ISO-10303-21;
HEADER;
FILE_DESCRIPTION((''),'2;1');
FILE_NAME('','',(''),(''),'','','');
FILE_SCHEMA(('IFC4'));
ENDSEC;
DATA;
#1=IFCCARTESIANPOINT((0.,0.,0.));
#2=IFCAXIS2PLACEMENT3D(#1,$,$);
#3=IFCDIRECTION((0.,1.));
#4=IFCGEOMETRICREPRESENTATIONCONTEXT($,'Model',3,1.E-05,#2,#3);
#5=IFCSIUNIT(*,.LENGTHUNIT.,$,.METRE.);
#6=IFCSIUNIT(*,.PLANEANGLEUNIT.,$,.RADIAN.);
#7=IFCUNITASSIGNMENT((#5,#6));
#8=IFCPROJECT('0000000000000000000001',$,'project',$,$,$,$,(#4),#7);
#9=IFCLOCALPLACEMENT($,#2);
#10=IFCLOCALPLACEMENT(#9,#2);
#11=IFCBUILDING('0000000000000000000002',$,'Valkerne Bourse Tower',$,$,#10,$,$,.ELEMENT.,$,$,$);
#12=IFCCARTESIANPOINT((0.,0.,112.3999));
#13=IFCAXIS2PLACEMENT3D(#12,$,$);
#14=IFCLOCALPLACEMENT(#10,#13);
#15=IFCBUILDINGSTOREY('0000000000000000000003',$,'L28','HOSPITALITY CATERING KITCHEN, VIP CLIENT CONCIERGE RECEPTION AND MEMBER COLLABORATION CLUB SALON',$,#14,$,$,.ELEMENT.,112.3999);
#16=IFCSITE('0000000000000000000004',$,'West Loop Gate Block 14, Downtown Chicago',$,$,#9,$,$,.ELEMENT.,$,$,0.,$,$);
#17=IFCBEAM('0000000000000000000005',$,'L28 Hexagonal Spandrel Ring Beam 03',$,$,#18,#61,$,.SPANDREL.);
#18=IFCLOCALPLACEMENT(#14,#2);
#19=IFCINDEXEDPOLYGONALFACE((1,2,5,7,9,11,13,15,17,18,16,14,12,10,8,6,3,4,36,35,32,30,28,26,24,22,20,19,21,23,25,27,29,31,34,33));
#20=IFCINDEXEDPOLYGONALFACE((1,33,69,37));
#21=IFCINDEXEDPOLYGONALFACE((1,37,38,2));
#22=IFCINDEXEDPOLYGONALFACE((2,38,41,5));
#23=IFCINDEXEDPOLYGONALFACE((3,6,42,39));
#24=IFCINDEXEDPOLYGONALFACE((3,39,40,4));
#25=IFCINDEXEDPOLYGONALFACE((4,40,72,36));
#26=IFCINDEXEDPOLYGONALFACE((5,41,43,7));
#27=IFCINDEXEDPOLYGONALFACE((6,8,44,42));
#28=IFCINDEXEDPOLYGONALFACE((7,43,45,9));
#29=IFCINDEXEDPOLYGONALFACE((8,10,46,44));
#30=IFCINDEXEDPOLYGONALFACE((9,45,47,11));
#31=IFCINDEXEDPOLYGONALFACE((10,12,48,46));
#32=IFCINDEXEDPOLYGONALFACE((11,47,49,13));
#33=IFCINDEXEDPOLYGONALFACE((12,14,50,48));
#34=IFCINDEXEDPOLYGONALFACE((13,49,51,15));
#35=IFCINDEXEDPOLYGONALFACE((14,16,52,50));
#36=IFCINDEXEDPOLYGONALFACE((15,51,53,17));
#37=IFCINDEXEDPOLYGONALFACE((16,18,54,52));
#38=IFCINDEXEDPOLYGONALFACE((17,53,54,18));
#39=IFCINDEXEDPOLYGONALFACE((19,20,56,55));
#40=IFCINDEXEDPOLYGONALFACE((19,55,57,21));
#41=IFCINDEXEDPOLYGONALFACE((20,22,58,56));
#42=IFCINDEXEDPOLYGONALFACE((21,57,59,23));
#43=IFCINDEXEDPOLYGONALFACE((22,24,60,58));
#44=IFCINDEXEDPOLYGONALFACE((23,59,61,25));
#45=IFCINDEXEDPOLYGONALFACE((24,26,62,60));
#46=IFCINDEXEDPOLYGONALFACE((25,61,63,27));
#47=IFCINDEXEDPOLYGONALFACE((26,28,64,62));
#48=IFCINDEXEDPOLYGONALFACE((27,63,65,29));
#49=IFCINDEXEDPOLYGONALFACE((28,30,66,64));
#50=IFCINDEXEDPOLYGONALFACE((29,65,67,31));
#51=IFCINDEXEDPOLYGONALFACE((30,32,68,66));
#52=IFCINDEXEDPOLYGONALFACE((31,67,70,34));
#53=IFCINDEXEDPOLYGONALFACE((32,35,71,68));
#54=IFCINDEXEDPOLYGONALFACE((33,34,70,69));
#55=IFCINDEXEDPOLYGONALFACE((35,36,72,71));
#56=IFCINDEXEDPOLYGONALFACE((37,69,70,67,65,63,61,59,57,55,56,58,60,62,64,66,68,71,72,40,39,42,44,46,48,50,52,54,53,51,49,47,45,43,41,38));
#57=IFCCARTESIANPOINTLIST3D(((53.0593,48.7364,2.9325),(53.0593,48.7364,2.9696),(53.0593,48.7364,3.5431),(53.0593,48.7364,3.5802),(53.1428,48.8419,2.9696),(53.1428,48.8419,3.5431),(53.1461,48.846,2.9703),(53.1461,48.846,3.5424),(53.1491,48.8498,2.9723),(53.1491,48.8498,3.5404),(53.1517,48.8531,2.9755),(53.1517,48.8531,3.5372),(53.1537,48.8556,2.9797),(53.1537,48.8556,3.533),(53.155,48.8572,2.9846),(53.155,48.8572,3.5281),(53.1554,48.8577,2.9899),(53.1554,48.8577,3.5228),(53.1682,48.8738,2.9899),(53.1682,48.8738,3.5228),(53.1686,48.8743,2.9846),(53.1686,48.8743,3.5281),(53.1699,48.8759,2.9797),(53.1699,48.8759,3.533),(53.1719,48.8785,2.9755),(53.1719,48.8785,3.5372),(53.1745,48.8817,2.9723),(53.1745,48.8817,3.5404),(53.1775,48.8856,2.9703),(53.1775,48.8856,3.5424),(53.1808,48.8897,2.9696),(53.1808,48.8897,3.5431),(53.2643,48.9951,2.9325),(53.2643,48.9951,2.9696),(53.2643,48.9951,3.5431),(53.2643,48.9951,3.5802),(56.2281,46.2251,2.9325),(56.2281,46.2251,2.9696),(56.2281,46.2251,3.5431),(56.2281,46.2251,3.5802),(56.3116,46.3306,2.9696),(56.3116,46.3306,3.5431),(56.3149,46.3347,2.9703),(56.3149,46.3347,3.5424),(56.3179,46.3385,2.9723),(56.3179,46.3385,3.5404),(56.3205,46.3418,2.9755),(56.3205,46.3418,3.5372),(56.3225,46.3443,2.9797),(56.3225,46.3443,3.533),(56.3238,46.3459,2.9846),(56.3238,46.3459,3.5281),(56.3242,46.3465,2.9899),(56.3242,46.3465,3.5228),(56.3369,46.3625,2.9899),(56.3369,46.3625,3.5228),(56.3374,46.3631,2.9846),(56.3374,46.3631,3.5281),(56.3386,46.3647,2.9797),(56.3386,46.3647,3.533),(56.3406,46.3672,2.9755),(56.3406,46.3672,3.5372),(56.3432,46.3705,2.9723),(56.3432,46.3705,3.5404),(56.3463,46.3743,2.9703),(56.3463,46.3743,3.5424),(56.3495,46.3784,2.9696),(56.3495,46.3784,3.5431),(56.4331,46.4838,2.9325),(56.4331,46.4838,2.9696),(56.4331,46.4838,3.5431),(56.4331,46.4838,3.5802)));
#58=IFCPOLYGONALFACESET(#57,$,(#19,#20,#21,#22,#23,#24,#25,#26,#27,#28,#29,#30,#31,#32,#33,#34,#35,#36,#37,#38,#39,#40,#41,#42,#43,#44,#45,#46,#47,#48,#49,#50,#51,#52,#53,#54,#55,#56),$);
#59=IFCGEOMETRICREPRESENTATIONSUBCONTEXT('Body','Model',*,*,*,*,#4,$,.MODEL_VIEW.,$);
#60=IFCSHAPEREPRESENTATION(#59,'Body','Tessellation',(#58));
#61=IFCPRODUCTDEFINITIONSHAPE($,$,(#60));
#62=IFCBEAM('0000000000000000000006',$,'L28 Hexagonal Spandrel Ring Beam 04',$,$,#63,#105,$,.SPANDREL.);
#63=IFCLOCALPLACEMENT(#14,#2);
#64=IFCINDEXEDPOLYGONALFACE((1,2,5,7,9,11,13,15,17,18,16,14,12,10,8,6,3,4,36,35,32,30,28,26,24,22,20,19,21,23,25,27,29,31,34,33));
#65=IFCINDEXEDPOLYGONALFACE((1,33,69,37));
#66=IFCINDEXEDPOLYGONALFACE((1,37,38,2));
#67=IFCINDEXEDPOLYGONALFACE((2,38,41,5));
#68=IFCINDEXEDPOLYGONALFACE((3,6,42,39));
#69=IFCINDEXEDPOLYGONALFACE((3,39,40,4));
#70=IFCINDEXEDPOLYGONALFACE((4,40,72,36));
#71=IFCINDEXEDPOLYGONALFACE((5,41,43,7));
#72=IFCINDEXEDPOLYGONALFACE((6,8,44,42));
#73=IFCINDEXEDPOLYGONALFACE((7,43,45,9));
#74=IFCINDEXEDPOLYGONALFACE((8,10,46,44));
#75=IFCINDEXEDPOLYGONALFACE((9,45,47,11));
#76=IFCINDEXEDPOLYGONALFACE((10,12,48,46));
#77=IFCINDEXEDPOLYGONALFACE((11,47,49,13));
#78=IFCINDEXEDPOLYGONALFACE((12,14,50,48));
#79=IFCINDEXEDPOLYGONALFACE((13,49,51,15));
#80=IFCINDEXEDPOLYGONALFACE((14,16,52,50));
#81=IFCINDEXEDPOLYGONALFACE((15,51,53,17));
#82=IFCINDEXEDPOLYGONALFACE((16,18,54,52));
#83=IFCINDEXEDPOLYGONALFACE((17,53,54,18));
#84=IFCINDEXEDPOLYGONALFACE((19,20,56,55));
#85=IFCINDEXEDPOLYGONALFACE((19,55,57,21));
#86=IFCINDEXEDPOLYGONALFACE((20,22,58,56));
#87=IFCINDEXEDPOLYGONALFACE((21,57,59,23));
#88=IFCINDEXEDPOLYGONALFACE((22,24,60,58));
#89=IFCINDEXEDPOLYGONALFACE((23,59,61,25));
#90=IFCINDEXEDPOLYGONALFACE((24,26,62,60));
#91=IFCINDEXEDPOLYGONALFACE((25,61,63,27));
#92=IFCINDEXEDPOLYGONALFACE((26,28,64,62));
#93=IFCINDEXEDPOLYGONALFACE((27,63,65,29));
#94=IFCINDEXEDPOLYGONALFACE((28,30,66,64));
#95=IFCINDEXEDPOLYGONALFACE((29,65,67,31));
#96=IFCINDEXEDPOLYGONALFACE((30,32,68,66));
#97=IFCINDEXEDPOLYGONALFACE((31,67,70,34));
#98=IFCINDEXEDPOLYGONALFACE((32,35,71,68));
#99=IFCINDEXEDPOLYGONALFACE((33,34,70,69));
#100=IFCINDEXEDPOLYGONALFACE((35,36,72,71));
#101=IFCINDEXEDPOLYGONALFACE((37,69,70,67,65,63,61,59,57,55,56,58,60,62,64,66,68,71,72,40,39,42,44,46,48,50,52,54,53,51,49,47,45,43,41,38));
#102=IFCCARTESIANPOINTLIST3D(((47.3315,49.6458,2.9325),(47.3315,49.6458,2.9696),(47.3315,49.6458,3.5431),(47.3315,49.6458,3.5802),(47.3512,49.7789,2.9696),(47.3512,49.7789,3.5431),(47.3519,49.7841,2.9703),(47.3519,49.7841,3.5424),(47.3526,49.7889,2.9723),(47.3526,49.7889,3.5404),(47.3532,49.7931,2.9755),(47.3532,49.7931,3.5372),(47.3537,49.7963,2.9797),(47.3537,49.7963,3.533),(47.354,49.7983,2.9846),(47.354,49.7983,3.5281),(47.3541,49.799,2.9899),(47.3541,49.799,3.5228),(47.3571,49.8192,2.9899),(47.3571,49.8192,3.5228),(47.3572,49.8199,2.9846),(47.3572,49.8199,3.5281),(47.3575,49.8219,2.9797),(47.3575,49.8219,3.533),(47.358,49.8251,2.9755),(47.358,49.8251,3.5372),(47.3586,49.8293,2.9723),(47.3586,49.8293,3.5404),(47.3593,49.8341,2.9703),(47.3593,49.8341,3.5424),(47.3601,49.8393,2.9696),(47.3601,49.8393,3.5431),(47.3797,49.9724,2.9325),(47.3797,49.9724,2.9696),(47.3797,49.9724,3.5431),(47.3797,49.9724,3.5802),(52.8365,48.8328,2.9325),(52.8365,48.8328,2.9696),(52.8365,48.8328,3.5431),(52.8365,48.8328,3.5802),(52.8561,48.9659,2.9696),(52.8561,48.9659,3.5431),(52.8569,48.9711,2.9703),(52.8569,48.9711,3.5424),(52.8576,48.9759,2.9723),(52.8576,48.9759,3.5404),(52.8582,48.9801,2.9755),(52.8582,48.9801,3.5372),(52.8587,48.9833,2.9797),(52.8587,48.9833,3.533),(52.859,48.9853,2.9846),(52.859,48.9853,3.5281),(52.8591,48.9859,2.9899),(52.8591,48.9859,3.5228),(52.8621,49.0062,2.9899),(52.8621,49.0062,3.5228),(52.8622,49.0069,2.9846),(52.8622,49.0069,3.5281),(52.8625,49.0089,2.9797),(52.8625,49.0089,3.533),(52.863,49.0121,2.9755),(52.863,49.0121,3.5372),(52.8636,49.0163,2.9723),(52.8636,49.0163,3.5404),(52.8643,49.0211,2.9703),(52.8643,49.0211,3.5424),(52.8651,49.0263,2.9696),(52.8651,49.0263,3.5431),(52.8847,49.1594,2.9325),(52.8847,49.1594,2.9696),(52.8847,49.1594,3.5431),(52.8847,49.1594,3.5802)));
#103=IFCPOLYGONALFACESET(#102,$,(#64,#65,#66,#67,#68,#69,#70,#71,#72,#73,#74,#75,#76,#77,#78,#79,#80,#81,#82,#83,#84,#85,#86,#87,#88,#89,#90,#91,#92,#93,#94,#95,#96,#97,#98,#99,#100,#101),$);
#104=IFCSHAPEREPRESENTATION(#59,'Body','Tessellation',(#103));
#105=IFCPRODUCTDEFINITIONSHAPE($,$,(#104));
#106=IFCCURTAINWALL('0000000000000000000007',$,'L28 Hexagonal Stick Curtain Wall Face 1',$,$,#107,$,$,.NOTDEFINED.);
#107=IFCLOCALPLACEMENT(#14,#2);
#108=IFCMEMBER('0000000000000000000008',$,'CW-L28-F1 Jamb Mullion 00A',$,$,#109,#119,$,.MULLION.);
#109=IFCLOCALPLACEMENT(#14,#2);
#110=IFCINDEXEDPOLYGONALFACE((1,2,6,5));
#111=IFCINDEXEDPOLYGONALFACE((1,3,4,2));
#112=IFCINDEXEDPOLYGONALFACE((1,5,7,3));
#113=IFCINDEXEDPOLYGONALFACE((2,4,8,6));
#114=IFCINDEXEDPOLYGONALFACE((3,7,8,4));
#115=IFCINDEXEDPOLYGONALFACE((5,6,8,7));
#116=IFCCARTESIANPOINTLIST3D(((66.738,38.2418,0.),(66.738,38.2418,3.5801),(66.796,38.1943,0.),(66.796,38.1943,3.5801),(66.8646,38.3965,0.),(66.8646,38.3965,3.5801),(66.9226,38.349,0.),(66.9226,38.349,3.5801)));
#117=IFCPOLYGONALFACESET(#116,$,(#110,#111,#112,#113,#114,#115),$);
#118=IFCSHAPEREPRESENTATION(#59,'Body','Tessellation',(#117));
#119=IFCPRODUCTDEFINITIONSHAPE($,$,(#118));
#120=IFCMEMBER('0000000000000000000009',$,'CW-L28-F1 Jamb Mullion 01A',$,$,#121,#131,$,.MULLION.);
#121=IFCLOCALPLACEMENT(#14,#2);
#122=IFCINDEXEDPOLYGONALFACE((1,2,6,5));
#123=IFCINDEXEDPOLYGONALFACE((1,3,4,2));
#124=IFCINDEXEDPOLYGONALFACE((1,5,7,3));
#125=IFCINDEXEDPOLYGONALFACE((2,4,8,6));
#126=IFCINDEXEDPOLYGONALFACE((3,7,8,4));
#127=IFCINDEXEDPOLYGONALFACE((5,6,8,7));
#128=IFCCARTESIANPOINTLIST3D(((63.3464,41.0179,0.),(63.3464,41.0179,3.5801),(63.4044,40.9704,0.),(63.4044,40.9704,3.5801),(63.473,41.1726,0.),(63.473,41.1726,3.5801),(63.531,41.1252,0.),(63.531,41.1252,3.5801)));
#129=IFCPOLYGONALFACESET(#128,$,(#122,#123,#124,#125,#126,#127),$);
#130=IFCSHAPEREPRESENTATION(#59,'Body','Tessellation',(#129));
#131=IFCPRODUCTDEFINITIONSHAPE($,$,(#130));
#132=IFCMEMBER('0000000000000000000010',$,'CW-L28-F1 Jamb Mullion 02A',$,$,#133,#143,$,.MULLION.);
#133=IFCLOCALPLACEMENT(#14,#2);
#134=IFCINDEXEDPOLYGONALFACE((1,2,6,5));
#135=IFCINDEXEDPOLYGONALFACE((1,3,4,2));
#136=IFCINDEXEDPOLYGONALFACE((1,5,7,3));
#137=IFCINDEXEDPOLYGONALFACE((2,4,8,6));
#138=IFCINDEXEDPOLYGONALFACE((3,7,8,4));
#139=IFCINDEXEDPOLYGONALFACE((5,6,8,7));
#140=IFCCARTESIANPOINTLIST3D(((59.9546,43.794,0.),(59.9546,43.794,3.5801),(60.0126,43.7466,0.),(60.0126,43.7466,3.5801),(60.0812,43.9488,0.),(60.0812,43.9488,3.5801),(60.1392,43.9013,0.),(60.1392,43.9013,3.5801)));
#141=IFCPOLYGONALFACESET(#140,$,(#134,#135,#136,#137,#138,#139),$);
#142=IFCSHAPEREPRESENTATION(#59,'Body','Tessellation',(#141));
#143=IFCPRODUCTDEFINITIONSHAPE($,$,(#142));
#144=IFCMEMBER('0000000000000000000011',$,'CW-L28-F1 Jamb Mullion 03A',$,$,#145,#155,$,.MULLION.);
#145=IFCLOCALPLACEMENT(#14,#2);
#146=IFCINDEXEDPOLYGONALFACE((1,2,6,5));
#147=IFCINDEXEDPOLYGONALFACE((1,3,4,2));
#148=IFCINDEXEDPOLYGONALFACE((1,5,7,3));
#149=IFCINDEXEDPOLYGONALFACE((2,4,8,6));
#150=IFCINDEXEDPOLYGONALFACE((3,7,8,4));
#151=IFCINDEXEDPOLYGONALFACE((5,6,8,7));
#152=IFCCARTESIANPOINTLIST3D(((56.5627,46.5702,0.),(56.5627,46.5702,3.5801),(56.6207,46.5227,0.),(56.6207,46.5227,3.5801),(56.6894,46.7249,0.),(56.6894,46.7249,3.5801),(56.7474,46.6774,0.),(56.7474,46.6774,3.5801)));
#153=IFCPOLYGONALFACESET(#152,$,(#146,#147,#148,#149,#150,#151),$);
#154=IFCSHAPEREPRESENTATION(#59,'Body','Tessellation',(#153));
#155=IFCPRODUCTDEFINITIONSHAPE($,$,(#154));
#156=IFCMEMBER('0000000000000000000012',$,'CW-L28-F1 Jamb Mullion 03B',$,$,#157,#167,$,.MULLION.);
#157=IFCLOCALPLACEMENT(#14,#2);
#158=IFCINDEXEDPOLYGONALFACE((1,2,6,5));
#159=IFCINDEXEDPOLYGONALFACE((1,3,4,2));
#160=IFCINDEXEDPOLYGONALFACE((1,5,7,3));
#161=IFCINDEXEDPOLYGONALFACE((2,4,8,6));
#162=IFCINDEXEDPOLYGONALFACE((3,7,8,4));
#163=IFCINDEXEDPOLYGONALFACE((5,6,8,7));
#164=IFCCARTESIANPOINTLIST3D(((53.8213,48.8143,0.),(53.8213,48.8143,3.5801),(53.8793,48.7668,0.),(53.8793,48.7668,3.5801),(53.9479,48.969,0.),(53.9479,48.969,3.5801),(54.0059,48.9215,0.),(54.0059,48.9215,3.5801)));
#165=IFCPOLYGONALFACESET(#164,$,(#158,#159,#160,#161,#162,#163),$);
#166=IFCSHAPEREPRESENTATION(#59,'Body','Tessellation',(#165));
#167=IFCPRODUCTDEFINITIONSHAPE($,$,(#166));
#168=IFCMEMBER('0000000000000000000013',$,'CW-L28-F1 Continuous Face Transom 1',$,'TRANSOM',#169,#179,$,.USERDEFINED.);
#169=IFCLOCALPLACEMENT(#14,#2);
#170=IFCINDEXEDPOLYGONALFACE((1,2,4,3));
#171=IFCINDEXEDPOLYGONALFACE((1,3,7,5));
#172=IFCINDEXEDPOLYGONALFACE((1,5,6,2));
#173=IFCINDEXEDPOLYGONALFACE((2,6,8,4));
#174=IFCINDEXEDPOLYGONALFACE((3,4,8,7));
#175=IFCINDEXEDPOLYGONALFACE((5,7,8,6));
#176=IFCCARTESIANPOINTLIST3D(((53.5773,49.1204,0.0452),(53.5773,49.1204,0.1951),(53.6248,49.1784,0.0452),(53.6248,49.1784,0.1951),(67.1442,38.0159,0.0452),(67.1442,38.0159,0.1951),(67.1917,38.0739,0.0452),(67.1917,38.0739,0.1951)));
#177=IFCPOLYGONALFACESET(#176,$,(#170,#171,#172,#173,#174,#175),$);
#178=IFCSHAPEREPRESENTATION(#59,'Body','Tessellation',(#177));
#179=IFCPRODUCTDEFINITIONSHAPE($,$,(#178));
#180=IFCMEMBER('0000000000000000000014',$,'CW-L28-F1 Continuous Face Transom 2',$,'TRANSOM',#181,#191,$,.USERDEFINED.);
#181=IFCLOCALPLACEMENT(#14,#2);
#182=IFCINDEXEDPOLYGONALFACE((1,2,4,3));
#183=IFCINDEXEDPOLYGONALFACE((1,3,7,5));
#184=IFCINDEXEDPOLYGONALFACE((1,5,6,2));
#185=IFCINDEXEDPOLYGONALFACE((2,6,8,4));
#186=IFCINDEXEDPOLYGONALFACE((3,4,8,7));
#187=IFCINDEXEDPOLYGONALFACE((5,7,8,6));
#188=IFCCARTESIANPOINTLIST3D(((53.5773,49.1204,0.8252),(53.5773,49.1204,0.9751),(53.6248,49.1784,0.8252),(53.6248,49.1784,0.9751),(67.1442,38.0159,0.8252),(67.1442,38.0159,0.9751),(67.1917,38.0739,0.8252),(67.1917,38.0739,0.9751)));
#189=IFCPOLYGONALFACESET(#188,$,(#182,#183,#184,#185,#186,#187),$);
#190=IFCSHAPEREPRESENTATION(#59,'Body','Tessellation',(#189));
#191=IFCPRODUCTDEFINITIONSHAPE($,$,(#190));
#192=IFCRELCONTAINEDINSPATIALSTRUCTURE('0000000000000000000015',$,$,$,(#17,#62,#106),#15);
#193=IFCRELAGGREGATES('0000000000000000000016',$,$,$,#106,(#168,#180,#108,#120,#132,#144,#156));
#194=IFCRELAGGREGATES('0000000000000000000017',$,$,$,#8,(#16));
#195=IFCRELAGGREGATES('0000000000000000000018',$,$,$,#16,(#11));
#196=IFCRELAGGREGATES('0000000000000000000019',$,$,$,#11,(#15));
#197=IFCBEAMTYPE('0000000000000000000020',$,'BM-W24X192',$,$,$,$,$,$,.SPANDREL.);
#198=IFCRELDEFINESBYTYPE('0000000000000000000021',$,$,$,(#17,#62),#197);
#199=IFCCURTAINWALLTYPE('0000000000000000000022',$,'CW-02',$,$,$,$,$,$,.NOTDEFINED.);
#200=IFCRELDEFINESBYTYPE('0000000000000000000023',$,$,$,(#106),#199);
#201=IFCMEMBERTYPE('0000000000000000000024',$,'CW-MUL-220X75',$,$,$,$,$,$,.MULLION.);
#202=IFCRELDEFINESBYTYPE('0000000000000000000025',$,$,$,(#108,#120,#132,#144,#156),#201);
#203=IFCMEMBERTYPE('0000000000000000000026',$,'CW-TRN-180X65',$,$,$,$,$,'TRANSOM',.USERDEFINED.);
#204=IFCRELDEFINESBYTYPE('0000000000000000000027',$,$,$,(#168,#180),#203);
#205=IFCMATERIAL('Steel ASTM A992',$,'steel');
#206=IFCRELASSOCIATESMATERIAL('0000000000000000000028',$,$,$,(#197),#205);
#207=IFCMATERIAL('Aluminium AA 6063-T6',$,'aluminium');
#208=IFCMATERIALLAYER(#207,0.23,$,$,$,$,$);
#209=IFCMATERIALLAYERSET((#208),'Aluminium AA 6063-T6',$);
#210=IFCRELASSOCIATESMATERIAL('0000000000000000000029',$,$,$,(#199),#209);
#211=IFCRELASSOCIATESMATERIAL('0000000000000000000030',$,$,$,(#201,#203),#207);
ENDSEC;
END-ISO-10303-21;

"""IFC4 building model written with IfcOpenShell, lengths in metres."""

from ifc_helpers import new_model, si_unit, direction, frame, origin, origin_2d, place, context, subcontext, project, spatial, rectangle, i_section, extrude, material, layer, layer_set, material_profile, profile_set, type_object, element, aggregate, save


model = new_model("IFC4")

# Units and contexts
model_context = context("Model", 3, precision=1e-05, world=origin(), true_north=direction((0.0, 1.0)))
body_context = subcontext(model_context, "Body", "Model", "MODEL_VIEW")
ifc_project = project(units=[si_unit("LENGTHUNIT", "METRE"), si_unit("PLANEANGLEUNIT", "RADIAN")], contexts=[model_context])

# Site, building, storey
site_placement = place(None, origin())
site = spatial("IfcSite", under=ifc_project, at=site_placement, Name="West Loop Gate Block 14, Downtown Chicago", CompositionType="ELEMENT", RefElevation=0.0)
building_placement = place(site_placement, origin())
building = spatial("IfcBuilding", under=site, at=building_placement, Name="Valkerne Bourse Tower", CompositionType="ELEMENT")
storey_placement = place(building_placement, frame((0.0, 0.0, 112.3999)))
storey = spatial("IfcBuildingStorey", under=building, at=storey_placement, Name="L28", Description="HOSPITALITY CATERING KITCHEN, VIP CLIENT CONCIERGE RECEPTION AND MEMBER COLLABORATION CLUB SALON", CompositionType="ELEMENT", Elevation=112.3999)

# Beams
ifc_material_1 = material(Name="Steel ASTM A992", Category="steel")
ifc_material_profile_1 = material_profile(ifc_material_1, i_section(OverallWidth=0.3301, OverallDepth=0.6477, WebThickness=0.0205, FlangeThickness=0.0371, FilletRadius=0.0203, at=origin_2d()), Name="W24X192")
ifc_profile_set_1 = profile_set([ifc_material_profile_1], Name="Steel ASTM A992")
beam_type = type_object("IfcBeamType", Name="BM-W24X192", PredefinedType="SPANDREL", material=ifc_profile_set_1)
for number, where, z_axis, x_axis, name in (
    (1, (56.3306, 46.3545, 3.2563), (-0.783724, 0.62111, 0.0), (-0.62111, -0.783724, 0.0), "L28 Hexagonal Spandrel Ring Beam 03"),
):
    element("IfcBeam", number, at=place(storey_placement, frame(where, z_axis=z_axis, x_axis=x_axis)), inside=storey, type_object=beam_type, Name=name, PredefinedType="SPANDREL", context=body_context, shape_type="SweptSolid", body=[
        extrude(i_section(OverallWidth=0.3301, OverallDepth=0.6477, WebThickness=0.0205, FlangeThickness=0.0371, FilletRadius=0.0203, at=origin_2d()), origin(), (0.0, 0.0, 1.0), 4.0432),
    ])
beam_placement = place(storey_placement, frame((52.8606, 48.9961, 3.2563), z_axis=(-0.98927, 0.1461, 0.0), x_axis=(-0.1461, -0.98927, 0.0)))
element("IfcBeam", 2, at=beam_placement, inside=storey, type_object=beam_type, Name="L28 Hexagonal Spandrel Ring Beam 04", PredefinedType="SPANDREL", context=body_context, shape_type="SweptSolid", body=[
    extrude(i_section(OverallWidth=0.3301, OverallDepth=0.6477, WebThickness=0.0205, FlangeThickness=0.0371, FilletRadius=0.0203, at=origin_2d()), origin(), (0.0, 0.0, 1.0), 5.5647),
])

# Curtain wall, members
ifc_material_2 = material(Name="Aluminium AA 6063-T6", Category="aluminium")
ifc_layer_1 = layer(ifc_material_2, 0.23)
ifc_layer_set_1 = layer_set([ifc_layer_1], Name="Aluminium AA 6063-T6")
curtain_wall_type = type_object("IfcCurtainWallType", Name="CW-02", PredefinedType="NOTDEFINED", material=ifc_layer_set_1)
curtain_wall_placement = place(storey_placement, origin())
curtain_wall = element("IfcCurtainWall", 3, at=curtain_wall_placement, inside=storey, type_object=curtain_wall_type, Name="L28 Hexagonal Stick Curtain Wall Face 1", PredefinedType="NOTDEFINED")
ifc_material_profile_2 = material_profile(ifc_material_2, rectangle(XDim=0.075, YDim=0.2, at=origin_2d()), Name="CWM-75X200")
ifc_profile_set_2 = profile_set([ifc_material_profile_2], Name="Aluminium AA 6063-T6")
member_type_1 = type_object("IfcMemberType", Name="CW-MUL-220X75", PredefinedType="MULLION", material=ifc_profile_set_2)
member_1_placement = place(storey_placement, frame((66.8303, 38.2954, 0.0), z_axis=(0.0, 0.0, 1.0), x_axis=(-0.773837, 0.633384, 0.0)))
member_1 = element("IfcMember", 4, at=member_1_placement, type_object=member_type_1, Name="CW-L28-F1 Jamb Mullion 00A", PredefinedType="MULLION", context=body_context, shape_type="SweptSolid", body=[
    extrude(rectangle(XDim=0.075, YDim=0.2, at=origin_2d()), origin(), (0.0, 0.0, 1.0), 3.5801),
])
member_2_placement = place(storey_placement, frame((63.4387, 41.0715, 0.0), z_axis=(0.0, 0.0, 1.0), x_axis=(-0.773837, 0.633384, 0.0)))
member_2 = element("IfcMember", 5, at=member_2_placement, type_object=member_type_1, Name="CW-L28-F1 Jamb Mullion 01A", PredefinedType="MULLION", context=body_context, shape_type="SweptSolid", body=[
    extrude(rectangle(XDim=0.075, YDim=0.2, at=origin_2d()), origin(), (0.0, 0.0, 1.0), 3.5801),
])
member_3_placement = place(storey_placement, frame((60.0469, 43.8477, 0.0), z_axis=(0.0, 0.0, 1.0), x_axis=(-0.773846, 0.633373, 0.0)))
member_3 = element("IfcMember", 6, at=member_3_placement, type_object=member_type_1, Name="CW-L28-F1 Jamb Mullion 02A", PredefinedType="MULLION", context=body_context, shape_type="SweptSolid", body=[
    extrude(rectangle(XDim=0.075, YDim=0.2, at=origin_2d()), origin(), (0.0, 0.0, 1.0), 3.5801),
])
member_4_placement = place(storey_placement, frame((56.655, 46.6238, 0.0), z_axis=(0.0, 0.0, 1.0), x_axis=(-0.773837, 0.633384, 0.0)))
member_4 = element("IfcMember", 7, at=member_4_placement, type_object=member_type_1, Name="CW-L28-F1 Jamb Mullion 03A", PredefinedType="MULLION", context=body_context, shape_type="SweptSolid", body=[
    extrude(rectangle(XDim=0.075, YDim=0.2, at=origin_2d()), origin(), (0.0, 0.0, 1.0), 3.5801),
])
member_5_placement = place(storey_placement, frame((53.9136, 48.8679, 0.0), z_axis=(0.0, 0.0, 1.0), x_axis=(-0.773837, 0.633384, 0.0)))
member_5 = element("IfcMember", 8, at=member_5_placement, type_object=member_type_1, Name="CW-L28-F1 Jamb Mullion 03B", PredefinedType="MULLION", context=body_context, shape_type="SweptSolid", body=[
    extrude(rectangle(XDim=0.075, YDim=0.2, at=origin_2d()), origin(), (0.0, 0.0, 1.0), 3.5801),
])
ifc_material_profile_3 = material_profile(ifc_material_2, rectangle(XDim=0.075, YDim=0.1499, at=origin_2d()), Name="CWT-75X150")
ifc_profile_set_3 = profile_set([ifc_material_profile_3], Name="Aluminium AA 6063-T6")
member_type_2 = type_object("IfcMemberType", Name="CW-TRN-180X65", ElementType="TRANSOM", PredefinedType="USERDEFINED", material=ifc_profile_set_3)
member_6_placement = place(storey_placement, frame((67.168, 38.0449, 0.1201), z_axis=(-0.773837, 0.633385, 0.0), x_axis=(-0.633385, -0.773837, 0.0)))
member_6 = element("IfcMember", 9, at=member_6_placement, type_object=member_type_2, Name="CW-L28-F1 Continuous Face Transom 1", ObjectType="TRANSOM", PredefinedType="USERDEFINED", context=body_context, shape_type="SweptSolid", body=[
    extrude(rectangle(XDim=0.075, YDim=0.1499, at=origin_2d()), origin(), (0.0, 0.0, 1.0), 17.532),
])
member_7_placement = place(storey_placement, frame((67.168, 38.0449, 0.9001), z_axis=(-0.773837, 0.633385, 0.0), x_axis=(-0.633385, -0.773837, 0.0)))
member_7 = element("IfcMember", 10, at=member_7_placement, type_object=member_type_2, Name="CW-L28-F1 Continuous Face Transom 2", ObjectType="TRANSOM", PredefinedType="USERDEFINED", context=body_context, shape_type="SweptSolid", body=[
    extrude(rectangle(XDim=0.075, YDim=0.1499, at=origin_2d()), origin(), (0.0, 0.0, 1.0), 17.532),
])

aggregate(curtain_wall, [member_6, member_7, member_1, member_2, member_3, member_4, member_5])

save(model, "model.ifc")
